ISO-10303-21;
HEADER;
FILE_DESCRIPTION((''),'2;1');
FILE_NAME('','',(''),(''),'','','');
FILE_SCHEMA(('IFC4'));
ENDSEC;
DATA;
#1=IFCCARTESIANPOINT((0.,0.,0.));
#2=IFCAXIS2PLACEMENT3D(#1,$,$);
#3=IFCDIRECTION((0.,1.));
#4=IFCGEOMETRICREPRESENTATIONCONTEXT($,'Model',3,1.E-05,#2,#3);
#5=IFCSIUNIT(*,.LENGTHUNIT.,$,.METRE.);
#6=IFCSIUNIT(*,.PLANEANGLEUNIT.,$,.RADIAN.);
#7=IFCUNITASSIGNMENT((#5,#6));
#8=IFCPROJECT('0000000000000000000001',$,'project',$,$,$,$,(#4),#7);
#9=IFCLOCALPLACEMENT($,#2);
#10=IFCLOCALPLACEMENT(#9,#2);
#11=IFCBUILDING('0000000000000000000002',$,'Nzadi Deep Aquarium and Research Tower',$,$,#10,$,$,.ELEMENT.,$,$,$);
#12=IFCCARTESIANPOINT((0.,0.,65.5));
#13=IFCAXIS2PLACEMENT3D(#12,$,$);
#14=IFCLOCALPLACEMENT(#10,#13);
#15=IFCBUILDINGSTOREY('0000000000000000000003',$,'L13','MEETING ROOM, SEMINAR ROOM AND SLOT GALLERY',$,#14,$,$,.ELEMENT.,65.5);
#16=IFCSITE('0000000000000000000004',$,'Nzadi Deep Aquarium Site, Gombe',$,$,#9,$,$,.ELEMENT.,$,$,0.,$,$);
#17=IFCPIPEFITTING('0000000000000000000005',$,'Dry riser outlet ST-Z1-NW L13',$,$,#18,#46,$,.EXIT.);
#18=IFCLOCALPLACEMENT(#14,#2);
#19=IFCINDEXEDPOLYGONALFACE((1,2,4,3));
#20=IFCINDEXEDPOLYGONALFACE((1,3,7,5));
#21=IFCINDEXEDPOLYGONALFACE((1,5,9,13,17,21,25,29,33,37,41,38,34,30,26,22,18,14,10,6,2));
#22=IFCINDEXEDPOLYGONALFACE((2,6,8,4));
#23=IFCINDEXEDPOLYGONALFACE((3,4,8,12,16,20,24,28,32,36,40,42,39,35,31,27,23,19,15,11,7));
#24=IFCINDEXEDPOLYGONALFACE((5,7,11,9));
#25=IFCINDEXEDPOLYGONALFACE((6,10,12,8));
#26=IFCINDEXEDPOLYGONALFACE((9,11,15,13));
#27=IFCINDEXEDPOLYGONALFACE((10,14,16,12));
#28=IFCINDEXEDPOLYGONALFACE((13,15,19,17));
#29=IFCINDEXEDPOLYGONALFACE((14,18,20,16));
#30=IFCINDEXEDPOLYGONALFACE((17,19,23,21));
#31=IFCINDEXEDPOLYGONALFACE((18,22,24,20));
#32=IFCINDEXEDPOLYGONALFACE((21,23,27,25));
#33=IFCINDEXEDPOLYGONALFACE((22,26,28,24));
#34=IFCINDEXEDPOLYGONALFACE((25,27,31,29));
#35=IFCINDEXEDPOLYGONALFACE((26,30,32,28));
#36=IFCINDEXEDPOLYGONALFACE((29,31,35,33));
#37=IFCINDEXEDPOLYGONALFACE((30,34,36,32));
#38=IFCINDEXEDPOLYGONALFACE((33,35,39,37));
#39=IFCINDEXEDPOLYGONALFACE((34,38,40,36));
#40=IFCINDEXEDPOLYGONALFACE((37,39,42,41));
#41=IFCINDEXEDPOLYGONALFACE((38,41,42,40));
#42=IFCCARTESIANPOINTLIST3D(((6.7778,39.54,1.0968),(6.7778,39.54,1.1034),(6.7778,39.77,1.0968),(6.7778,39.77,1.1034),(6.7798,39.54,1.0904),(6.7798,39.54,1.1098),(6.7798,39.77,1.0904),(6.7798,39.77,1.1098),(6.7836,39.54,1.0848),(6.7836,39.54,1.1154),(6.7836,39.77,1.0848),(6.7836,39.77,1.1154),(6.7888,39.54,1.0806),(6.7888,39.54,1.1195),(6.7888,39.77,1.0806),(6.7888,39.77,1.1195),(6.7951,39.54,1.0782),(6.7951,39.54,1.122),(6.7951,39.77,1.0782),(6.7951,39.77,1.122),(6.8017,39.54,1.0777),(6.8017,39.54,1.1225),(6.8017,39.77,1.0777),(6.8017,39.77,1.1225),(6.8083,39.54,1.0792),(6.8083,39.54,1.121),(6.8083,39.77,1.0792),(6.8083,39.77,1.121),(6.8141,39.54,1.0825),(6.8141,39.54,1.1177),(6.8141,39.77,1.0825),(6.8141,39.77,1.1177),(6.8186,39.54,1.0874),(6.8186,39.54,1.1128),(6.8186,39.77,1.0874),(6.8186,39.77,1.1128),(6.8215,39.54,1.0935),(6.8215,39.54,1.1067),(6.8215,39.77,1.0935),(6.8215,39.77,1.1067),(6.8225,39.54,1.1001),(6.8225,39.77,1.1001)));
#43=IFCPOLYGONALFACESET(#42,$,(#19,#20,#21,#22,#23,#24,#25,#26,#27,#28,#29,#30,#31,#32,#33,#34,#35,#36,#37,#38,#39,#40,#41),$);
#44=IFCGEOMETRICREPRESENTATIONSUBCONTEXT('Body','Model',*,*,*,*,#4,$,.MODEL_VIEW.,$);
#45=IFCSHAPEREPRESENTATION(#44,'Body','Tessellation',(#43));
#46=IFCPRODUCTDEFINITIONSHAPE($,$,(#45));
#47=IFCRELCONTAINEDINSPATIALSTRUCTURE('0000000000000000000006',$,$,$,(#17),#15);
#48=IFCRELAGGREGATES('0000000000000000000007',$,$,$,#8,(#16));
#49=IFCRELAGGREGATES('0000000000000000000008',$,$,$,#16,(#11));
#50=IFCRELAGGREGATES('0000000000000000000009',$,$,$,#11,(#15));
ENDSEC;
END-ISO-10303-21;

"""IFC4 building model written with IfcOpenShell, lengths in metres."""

from ifc_helpers import new_model, si_unit, direction, frame, origin, origin_2d, place, context, subcontext, project, spatial, circle, extrude, element, save


model = new_model("IFC4")

# Units and contexts
model_context = context("Model", 3, precision=1e-05, world=origin(), true_north=direction((0.0, 1.0)))
body_context = subcontext(model_context, "Body", "Model", "MODEL_VIEW")
ifc_project = project(units=[si_unit("LENGTHUNIT", "METRE"), si_unit("PLANEANGLEUNIT", "RADIAN")], contexts=[model_context])

# Site, building, storey
site_placement = place(None, origin())
site = spatial("IfcSite", under=ifc_project, at=site_placement, Name="Nzadi Deep Aquarium Site, Gombe", CompositionType="ELEMENT", RefElevation=0.0)
building_placement = place(site_placement, origin())
building = spatial("IfcBuilding", under=site, at=building_placement, Name="Nzadi Deep Aquarium and Research Tower", CompositionType="ELEMENT")
storey_placement = place(building_placement, frame((0.0, 0.0, 65.5)))
storey = spatial("IfcBuildingStorey", under=building, at=storey_placement, Name="L13", Description="MEETING ROOM, SEMINAR ROOM AND SLOT GALLERY", CompositionType="ELEMENT", Elevation=65.5)

# Pipe fitting
pipe_fitting_placement = place(storey_placement, frame((6.8, 39.77, 1.1001), z_axis=(0.0, -1.0, 0.0), x_axis=(1.0, 0.0, 0.0)))
element("IfcPipeFitting", 1, at=pipe_fitting_placement, inside=storey, Name="Dry riser outlet ST-Z1-NW L13", PredefinedType="EXIT", context=body_context, shape_type="SweptSolid", body=[
    extrude(circle(Radius=0.0225, at=origin_2d()), origin(), (0.0, 0.0, 1.0), 0.23),
])

save(model, "model.ifc")
